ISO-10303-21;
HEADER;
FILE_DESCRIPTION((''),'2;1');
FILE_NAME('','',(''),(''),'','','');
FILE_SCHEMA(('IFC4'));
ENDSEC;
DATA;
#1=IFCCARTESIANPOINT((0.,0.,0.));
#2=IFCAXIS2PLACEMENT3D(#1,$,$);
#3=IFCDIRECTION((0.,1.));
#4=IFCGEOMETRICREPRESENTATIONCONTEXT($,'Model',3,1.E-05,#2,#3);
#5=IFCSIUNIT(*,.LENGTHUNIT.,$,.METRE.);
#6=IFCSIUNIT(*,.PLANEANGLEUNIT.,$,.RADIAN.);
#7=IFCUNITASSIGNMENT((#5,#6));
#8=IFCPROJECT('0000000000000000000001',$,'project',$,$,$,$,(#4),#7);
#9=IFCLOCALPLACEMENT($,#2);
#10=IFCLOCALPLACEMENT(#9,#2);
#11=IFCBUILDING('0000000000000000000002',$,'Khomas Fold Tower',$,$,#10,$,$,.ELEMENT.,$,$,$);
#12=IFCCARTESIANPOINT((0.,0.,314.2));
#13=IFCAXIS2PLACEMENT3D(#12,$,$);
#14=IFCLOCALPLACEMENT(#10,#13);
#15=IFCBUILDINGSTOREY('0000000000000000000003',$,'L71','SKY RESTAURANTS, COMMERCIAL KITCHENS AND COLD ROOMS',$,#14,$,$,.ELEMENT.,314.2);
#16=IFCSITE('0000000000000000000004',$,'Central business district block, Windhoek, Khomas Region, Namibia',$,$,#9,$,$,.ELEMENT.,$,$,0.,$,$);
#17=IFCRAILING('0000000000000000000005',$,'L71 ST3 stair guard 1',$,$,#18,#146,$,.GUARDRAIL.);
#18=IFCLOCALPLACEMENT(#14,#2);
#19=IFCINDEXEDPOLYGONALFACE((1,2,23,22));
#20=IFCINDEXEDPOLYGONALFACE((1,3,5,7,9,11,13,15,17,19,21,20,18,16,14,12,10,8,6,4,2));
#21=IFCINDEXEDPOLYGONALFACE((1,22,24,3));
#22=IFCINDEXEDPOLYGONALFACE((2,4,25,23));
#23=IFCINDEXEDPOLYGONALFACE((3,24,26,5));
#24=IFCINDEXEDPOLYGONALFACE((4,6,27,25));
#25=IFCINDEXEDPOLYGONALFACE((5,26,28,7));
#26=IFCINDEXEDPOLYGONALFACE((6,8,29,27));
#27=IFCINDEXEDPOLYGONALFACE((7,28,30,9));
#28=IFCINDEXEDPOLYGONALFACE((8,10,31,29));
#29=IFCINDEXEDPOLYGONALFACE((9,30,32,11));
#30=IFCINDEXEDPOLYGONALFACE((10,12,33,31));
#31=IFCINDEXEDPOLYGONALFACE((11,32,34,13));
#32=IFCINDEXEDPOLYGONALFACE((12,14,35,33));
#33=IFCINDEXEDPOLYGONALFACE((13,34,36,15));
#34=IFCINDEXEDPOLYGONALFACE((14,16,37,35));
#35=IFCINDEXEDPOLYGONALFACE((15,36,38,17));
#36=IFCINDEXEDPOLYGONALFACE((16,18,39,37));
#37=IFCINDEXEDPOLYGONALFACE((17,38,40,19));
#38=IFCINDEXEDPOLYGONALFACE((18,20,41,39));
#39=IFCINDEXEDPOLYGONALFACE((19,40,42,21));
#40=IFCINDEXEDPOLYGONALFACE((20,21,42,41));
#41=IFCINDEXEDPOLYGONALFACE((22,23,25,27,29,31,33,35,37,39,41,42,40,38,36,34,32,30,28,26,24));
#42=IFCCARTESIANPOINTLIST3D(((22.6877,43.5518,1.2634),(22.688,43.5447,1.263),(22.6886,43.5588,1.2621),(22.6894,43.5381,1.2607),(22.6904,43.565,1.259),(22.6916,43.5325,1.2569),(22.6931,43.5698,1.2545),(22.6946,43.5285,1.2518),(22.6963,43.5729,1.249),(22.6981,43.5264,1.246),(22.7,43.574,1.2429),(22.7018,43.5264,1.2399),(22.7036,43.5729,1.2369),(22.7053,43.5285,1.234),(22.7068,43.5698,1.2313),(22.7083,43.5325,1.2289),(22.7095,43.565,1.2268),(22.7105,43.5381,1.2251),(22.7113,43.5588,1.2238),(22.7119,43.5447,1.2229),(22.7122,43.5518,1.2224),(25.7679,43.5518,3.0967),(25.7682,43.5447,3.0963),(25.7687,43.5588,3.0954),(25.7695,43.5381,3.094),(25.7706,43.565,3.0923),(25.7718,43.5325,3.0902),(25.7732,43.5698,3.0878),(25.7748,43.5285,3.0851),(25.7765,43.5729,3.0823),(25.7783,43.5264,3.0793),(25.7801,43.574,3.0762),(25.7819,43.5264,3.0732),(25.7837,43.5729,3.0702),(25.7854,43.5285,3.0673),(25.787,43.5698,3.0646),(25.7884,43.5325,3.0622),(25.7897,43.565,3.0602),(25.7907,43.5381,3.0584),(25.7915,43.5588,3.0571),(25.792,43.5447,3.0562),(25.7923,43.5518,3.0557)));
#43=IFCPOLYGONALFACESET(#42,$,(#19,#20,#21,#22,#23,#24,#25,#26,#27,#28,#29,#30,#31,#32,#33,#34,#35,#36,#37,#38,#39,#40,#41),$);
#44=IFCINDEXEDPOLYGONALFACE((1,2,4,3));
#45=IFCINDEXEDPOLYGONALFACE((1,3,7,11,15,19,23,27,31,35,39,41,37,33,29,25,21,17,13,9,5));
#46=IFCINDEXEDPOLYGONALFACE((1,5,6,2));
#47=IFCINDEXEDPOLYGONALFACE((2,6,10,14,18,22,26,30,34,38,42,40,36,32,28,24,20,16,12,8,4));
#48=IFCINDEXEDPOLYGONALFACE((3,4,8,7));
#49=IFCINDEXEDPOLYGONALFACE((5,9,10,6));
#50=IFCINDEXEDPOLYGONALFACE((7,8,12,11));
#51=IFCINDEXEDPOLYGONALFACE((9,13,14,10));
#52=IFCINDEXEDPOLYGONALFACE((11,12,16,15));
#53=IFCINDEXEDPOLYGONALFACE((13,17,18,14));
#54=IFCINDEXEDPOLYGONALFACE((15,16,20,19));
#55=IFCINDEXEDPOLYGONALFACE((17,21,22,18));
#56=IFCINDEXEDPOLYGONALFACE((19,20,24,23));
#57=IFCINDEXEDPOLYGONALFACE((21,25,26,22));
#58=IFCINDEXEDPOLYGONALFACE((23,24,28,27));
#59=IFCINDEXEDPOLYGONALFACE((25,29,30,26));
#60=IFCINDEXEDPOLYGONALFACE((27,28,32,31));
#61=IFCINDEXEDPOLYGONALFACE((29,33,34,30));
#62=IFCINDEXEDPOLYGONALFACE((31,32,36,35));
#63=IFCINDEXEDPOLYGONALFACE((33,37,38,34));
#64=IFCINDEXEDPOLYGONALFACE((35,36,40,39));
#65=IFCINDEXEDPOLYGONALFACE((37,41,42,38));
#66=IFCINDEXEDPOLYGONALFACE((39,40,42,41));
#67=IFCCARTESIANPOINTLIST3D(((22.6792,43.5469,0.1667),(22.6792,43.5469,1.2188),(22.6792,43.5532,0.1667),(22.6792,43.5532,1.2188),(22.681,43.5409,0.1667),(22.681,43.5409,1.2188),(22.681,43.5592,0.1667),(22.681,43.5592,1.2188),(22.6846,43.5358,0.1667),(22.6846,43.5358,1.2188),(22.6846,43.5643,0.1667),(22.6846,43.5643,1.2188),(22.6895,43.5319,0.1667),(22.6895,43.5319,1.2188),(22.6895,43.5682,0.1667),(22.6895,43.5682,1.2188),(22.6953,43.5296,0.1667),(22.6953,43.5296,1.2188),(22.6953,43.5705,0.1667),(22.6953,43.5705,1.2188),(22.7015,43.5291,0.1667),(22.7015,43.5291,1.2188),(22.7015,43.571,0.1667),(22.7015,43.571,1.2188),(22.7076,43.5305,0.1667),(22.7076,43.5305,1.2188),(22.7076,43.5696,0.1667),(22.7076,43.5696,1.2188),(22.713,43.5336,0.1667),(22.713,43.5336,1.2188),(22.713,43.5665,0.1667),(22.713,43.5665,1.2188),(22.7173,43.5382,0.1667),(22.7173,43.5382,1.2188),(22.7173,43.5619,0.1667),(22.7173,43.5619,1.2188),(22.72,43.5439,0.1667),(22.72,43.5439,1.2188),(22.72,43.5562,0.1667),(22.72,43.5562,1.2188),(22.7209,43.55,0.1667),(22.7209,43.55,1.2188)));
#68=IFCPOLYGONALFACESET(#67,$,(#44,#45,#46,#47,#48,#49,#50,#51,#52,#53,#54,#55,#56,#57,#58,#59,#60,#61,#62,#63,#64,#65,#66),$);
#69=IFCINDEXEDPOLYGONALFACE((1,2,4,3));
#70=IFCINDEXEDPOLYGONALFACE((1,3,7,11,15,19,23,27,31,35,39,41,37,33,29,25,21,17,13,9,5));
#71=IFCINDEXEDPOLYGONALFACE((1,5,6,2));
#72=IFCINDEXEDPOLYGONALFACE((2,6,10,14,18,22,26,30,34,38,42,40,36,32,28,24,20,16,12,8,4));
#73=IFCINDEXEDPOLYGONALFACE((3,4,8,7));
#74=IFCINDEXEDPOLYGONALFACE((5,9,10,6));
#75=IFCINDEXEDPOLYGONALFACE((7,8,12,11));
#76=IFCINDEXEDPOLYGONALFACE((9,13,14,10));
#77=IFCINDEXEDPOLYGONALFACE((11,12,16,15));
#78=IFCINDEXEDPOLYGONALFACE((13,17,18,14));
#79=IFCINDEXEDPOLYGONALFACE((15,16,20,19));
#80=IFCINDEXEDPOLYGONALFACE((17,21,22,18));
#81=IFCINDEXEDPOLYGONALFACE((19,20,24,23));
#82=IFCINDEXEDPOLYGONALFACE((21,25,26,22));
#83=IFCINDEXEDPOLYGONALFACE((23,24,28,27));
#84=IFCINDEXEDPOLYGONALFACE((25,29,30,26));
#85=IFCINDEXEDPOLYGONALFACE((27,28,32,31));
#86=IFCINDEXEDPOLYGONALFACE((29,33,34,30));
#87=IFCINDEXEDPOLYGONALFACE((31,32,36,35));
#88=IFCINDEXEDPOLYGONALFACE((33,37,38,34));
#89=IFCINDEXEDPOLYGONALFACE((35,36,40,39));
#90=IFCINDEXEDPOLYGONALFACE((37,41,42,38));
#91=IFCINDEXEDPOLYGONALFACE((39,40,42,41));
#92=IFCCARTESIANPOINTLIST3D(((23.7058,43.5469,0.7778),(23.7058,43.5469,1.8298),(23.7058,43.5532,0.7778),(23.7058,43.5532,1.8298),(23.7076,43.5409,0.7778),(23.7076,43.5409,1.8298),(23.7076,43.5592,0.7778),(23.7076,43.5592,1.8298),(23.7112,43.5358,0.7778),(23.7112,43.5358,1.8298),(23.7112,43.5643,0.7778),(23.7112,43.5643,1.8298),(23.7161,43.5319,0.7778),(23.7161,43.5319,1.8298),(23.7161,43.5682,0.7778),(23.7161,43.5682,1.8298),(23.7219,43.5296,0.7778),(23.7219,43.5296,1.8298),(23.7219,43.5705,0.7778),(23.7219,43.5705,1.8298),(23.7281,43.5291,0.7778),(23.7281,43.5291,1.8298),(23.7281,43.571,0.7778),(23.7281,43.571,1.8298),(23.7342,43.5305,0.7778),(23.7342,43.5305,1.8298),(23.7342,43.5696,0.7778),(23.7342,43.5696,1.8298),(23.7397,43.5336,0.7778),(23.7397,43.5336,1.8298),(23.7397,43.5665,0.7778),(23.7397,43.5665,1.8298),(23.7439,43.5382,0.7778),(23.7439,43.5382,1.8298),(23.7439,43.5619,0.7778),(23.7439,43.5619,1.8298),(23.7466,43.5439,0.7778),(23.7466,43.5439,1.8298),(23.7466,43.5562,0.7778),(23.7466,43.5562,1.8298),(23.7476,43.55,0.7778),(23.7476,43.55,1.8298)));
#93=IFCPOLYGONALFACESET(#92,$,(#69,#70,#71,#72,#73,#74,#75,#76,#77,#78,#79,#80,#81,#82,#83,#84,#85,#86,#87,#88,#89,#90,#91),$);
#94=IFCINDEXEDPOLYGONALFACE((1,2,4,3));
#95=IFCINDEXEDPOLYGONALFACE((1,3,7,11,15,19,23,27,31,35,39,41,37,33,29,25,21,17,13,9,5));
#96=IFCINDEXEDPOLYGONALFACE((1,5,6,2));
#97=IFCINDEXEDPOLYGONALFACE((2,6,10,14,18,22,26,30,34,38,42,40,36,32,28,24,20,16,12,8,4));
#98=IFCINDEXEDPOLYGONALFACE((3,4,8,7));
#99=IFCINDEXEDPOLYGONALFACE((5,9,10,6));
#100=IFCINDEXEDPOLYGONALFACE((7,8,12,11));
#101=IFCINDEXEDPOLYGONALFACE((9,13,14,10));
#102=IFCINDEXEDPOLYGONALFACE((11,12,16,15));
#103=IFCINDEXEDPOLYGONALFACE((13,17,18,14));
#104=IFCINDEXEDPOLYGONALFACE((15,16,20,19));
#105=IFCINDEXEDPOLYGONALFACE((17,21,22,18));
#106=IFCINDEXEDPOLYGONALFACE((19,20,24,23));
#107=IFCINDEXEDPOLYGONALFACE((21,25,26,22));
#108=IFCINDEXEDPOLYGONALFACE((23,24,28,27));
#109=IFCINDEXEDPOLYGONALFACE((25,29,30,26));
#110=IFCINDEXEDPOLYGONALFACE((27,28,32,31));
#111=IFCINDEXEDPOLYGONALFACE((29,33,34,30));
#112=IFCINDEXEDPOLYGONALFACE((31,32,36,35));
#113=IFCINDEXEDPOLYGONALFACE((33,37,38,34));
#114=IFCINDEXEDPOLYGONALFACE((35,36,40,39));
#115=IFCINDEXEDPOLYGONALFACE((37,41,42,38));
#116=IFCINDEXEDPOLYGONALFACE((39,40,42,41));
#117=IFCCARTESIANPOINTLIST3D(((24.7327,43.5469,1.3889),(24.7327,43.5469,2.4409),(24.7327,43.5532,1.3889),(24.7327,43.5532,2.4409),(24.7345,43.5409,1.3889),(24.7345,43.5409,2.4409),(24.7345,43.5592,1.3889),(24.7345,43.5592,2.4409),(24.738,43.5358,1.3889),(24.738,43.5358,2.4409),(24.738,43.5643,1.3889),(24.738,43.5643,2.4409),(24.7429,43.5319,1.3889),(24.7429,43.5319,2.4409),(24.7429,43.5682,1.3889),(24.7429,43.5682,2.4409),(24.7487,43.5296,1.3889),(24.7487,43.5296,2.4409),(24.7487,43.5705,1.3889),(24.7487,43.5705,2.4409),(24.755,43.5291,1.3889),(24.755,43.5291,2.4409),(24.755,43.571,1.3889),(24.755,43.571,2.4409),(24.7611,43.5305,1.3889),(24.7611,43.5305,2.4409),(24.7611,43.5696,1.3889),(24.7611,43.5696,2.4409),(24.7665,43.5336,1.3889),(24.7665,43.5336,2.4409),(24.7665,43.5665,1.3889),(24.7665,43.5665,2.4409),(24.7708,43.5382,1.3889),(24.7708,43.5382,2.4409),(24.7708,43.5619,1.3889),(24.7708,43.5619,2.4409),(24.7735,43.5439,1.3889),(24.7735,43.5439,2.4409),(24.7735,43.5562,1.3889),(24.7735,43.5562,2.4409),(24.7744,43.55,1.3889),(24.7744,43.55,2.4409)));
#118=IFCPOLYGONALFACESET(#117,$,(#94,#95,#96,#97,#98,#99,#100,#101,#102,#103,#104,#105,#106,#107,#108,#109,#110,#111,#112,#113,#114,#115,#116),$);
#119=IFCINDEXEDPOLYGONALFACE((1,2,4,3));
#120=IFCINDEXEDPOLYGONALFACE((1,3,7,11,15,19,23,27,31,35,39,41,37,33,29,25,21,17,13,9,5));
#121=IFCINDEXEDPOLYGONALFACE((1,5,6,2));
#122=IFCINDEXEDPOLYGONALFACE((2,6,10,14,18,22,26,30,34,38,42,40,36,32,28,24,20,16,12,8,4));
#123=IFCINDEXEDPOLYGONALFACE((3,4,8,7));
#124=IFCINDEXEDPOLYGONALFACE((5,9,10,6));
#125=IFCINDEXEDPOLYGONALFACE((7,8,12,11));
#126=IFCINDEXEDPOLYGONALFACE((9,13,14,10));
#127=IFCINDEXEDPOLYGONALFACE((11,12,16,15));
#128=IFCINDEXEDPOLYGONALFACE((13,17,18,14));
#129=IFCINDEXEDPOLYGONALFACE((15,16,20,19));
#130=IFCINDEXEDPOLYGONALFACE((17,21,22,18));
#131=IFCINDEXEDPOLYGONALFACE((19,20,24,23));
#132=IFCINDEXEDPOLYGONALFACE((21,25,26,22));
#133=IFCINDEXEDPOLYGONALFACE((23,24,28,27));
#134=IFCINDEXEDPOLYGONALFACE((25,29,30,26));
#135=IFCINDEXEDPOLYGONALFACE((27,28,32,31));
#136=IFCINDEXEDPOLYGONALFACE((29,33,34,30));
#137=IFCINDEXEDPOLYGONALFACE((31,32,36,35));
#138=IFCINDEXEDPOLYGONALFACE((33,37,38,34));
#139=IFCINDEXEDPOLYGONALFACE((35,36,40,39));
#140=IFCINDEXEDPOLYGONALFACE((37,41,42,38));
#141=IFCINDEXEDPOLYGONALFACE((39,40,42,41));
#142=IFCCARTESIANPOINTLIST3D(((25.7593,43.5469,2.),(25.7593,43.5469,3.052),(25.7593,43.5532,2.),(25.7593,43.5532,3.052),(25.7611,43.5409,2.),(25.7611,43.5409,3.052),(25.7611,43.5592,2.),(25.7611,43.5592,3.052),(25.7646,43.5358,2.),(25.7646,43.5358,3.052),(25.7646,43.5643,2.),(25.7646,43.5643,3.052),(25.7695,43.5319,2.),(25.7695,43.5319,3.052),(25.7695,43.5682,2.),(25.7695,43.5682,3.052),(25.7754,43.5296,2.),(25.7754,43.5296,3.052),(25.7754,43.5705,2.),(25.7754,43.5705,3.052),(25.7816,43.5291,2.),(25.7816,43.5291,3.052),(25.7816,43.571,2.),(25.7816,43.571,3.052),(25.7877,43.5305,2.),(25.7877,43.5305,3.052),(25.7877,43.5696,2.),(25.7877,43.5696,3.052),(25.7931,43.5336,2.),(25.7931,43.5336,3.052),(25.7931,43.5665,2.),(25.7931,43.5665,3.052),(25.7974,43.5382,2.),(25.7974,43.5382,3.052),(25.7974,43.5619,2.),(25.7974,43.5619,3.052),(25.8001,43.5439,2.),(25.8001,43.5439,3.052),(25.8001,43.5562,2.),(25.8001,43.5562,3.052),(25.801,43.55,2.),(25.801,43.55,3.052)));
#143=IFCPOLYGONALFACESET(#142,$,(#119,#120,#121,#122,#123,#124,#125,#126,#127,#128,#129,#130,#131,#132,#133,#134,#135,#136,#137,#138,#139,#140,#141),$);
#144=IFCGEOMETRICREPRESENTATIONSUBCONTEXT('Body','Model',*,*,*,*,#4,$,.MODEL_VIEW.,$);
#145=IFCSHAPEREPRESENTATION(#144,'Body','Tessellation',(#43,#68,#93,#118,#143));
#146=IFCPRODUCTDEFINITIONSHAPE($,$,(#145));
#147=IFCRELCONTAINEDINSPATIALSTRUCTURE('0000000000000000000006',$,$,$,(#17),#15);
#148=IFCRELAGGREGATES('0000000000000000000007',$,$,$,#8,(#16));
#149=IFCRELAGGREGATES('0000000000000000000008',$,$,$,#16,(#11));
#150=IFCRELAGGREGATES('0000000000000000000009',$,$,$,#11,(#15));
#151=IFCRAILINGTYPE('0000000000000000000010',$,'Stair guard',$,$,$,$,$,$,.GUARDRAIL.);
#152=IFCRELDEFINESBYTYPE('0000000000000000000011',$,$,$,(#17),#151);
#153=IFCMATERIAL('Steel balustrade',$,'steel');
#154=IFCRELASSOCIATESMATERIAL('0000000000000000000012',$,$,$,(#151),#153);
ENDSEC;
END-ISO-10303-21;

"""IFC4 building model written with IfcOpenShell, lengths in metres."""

from ifc_helpers import new_model, si_unit, direction, frame, origin, origin_2d, place, context, subcontext, project, spatial, circle, extrude, source, transform, mapped, material, type_object, element, save


model = new_model("IFC4")

# Units and contexts
model_context = context("Model", 3, precision=1e-05, world=origin(), true_north=direction((0.0, 1.0)))
body_context = subcontext(model_context, "Body", "Model", "MODEL_VIEW")
ifc_project = project(units=[si_unit("LENGTHUNIT", "METRE"), si_unit("PLANEANGLEUNIT", "RADIAN")], contexts=[model_context])

# Site, building, storey
site_placement = place(None, origin())
site = spatial("IfcSite", under=ifc_project, at=site_placement, Name="Central business district block, Windhoek, Khomas Region, Namibia", CompositionType="ELEMENT", RefElevation=0.0)
building_placement = place(site_placement, origin())
building = spatial("IfcBuilding", under=site, at=building_placement, Name="Khomas Fold Tower", CompositionType="ELEMENT")
storey_placement = place(building_placement, frame((0.0, 0.0, 314.2)))
storey = spatial("IfcBuildingStorey", under=building, at=storey_placement, Name="L71", Description="SKY RESTAURANTS, COMMERCIAL KITCHENS AND COLD ROOMS", CompositionType="ELEMENT", Elevation=314.2)

# Railing
ifc_material_1 = material(Name="Steel balustrade", Category="steel")
railing_type_1 = type_object("IfcRailingType", Name="Stair guard", PredefinedType="GUARDRAIL", material=ifc_material_1)
shared_shape_1 = source(origin(), body_context, "Body", "SweptSolid", [
    extrude(circle(Radius=0.0239, at=origin_2d()), frame((0.0, 0.0, 1.0762), z_axis=(0.859309, 0.0, 0.511458), x_axis=(0.0, 1.0, 0.0)), (0.0, 0.0, 1.0), 3.5845),
    extrude(circle(Radius=0.021, at=origin_2d()), origin(), (0.0, 0.0, 1.0), 1.052),
    extrude(circle(Radius=0.021, at=origin_2d()), frame((1.0266, 0.0, 0.6111)), (0.0, 0.0, 1.0), 1.052),
    extrude(circle(Radius=0.021, at=origin_2d()), frame((2.0535, 0.0, 1.2222)), (0.0, 0.0, 1.0), 1.052),
    extrude(circle(Radius=0.021, at=origin_2d()), frame((3.0801, 0.0, 1.8333)), (0.0, 0.0, 1.0), 1.052),
])
railing_1_placement = place(storey_placement, frame((22.7, 43.55, 0.1667)))
element("IfcRailing", 1, at=railing_1_placement, inside=storey, type_object=railing_type_1, Name="L71 ST3 stair guard 1", PredefinedType="GUARDRAIL", context=body_context, shape_type="MappedRepresentation", body=[
    mapped(shared_shape_1, transform((0.0, 0.0, 0.0))),
])

save(model, "model.ifc")
